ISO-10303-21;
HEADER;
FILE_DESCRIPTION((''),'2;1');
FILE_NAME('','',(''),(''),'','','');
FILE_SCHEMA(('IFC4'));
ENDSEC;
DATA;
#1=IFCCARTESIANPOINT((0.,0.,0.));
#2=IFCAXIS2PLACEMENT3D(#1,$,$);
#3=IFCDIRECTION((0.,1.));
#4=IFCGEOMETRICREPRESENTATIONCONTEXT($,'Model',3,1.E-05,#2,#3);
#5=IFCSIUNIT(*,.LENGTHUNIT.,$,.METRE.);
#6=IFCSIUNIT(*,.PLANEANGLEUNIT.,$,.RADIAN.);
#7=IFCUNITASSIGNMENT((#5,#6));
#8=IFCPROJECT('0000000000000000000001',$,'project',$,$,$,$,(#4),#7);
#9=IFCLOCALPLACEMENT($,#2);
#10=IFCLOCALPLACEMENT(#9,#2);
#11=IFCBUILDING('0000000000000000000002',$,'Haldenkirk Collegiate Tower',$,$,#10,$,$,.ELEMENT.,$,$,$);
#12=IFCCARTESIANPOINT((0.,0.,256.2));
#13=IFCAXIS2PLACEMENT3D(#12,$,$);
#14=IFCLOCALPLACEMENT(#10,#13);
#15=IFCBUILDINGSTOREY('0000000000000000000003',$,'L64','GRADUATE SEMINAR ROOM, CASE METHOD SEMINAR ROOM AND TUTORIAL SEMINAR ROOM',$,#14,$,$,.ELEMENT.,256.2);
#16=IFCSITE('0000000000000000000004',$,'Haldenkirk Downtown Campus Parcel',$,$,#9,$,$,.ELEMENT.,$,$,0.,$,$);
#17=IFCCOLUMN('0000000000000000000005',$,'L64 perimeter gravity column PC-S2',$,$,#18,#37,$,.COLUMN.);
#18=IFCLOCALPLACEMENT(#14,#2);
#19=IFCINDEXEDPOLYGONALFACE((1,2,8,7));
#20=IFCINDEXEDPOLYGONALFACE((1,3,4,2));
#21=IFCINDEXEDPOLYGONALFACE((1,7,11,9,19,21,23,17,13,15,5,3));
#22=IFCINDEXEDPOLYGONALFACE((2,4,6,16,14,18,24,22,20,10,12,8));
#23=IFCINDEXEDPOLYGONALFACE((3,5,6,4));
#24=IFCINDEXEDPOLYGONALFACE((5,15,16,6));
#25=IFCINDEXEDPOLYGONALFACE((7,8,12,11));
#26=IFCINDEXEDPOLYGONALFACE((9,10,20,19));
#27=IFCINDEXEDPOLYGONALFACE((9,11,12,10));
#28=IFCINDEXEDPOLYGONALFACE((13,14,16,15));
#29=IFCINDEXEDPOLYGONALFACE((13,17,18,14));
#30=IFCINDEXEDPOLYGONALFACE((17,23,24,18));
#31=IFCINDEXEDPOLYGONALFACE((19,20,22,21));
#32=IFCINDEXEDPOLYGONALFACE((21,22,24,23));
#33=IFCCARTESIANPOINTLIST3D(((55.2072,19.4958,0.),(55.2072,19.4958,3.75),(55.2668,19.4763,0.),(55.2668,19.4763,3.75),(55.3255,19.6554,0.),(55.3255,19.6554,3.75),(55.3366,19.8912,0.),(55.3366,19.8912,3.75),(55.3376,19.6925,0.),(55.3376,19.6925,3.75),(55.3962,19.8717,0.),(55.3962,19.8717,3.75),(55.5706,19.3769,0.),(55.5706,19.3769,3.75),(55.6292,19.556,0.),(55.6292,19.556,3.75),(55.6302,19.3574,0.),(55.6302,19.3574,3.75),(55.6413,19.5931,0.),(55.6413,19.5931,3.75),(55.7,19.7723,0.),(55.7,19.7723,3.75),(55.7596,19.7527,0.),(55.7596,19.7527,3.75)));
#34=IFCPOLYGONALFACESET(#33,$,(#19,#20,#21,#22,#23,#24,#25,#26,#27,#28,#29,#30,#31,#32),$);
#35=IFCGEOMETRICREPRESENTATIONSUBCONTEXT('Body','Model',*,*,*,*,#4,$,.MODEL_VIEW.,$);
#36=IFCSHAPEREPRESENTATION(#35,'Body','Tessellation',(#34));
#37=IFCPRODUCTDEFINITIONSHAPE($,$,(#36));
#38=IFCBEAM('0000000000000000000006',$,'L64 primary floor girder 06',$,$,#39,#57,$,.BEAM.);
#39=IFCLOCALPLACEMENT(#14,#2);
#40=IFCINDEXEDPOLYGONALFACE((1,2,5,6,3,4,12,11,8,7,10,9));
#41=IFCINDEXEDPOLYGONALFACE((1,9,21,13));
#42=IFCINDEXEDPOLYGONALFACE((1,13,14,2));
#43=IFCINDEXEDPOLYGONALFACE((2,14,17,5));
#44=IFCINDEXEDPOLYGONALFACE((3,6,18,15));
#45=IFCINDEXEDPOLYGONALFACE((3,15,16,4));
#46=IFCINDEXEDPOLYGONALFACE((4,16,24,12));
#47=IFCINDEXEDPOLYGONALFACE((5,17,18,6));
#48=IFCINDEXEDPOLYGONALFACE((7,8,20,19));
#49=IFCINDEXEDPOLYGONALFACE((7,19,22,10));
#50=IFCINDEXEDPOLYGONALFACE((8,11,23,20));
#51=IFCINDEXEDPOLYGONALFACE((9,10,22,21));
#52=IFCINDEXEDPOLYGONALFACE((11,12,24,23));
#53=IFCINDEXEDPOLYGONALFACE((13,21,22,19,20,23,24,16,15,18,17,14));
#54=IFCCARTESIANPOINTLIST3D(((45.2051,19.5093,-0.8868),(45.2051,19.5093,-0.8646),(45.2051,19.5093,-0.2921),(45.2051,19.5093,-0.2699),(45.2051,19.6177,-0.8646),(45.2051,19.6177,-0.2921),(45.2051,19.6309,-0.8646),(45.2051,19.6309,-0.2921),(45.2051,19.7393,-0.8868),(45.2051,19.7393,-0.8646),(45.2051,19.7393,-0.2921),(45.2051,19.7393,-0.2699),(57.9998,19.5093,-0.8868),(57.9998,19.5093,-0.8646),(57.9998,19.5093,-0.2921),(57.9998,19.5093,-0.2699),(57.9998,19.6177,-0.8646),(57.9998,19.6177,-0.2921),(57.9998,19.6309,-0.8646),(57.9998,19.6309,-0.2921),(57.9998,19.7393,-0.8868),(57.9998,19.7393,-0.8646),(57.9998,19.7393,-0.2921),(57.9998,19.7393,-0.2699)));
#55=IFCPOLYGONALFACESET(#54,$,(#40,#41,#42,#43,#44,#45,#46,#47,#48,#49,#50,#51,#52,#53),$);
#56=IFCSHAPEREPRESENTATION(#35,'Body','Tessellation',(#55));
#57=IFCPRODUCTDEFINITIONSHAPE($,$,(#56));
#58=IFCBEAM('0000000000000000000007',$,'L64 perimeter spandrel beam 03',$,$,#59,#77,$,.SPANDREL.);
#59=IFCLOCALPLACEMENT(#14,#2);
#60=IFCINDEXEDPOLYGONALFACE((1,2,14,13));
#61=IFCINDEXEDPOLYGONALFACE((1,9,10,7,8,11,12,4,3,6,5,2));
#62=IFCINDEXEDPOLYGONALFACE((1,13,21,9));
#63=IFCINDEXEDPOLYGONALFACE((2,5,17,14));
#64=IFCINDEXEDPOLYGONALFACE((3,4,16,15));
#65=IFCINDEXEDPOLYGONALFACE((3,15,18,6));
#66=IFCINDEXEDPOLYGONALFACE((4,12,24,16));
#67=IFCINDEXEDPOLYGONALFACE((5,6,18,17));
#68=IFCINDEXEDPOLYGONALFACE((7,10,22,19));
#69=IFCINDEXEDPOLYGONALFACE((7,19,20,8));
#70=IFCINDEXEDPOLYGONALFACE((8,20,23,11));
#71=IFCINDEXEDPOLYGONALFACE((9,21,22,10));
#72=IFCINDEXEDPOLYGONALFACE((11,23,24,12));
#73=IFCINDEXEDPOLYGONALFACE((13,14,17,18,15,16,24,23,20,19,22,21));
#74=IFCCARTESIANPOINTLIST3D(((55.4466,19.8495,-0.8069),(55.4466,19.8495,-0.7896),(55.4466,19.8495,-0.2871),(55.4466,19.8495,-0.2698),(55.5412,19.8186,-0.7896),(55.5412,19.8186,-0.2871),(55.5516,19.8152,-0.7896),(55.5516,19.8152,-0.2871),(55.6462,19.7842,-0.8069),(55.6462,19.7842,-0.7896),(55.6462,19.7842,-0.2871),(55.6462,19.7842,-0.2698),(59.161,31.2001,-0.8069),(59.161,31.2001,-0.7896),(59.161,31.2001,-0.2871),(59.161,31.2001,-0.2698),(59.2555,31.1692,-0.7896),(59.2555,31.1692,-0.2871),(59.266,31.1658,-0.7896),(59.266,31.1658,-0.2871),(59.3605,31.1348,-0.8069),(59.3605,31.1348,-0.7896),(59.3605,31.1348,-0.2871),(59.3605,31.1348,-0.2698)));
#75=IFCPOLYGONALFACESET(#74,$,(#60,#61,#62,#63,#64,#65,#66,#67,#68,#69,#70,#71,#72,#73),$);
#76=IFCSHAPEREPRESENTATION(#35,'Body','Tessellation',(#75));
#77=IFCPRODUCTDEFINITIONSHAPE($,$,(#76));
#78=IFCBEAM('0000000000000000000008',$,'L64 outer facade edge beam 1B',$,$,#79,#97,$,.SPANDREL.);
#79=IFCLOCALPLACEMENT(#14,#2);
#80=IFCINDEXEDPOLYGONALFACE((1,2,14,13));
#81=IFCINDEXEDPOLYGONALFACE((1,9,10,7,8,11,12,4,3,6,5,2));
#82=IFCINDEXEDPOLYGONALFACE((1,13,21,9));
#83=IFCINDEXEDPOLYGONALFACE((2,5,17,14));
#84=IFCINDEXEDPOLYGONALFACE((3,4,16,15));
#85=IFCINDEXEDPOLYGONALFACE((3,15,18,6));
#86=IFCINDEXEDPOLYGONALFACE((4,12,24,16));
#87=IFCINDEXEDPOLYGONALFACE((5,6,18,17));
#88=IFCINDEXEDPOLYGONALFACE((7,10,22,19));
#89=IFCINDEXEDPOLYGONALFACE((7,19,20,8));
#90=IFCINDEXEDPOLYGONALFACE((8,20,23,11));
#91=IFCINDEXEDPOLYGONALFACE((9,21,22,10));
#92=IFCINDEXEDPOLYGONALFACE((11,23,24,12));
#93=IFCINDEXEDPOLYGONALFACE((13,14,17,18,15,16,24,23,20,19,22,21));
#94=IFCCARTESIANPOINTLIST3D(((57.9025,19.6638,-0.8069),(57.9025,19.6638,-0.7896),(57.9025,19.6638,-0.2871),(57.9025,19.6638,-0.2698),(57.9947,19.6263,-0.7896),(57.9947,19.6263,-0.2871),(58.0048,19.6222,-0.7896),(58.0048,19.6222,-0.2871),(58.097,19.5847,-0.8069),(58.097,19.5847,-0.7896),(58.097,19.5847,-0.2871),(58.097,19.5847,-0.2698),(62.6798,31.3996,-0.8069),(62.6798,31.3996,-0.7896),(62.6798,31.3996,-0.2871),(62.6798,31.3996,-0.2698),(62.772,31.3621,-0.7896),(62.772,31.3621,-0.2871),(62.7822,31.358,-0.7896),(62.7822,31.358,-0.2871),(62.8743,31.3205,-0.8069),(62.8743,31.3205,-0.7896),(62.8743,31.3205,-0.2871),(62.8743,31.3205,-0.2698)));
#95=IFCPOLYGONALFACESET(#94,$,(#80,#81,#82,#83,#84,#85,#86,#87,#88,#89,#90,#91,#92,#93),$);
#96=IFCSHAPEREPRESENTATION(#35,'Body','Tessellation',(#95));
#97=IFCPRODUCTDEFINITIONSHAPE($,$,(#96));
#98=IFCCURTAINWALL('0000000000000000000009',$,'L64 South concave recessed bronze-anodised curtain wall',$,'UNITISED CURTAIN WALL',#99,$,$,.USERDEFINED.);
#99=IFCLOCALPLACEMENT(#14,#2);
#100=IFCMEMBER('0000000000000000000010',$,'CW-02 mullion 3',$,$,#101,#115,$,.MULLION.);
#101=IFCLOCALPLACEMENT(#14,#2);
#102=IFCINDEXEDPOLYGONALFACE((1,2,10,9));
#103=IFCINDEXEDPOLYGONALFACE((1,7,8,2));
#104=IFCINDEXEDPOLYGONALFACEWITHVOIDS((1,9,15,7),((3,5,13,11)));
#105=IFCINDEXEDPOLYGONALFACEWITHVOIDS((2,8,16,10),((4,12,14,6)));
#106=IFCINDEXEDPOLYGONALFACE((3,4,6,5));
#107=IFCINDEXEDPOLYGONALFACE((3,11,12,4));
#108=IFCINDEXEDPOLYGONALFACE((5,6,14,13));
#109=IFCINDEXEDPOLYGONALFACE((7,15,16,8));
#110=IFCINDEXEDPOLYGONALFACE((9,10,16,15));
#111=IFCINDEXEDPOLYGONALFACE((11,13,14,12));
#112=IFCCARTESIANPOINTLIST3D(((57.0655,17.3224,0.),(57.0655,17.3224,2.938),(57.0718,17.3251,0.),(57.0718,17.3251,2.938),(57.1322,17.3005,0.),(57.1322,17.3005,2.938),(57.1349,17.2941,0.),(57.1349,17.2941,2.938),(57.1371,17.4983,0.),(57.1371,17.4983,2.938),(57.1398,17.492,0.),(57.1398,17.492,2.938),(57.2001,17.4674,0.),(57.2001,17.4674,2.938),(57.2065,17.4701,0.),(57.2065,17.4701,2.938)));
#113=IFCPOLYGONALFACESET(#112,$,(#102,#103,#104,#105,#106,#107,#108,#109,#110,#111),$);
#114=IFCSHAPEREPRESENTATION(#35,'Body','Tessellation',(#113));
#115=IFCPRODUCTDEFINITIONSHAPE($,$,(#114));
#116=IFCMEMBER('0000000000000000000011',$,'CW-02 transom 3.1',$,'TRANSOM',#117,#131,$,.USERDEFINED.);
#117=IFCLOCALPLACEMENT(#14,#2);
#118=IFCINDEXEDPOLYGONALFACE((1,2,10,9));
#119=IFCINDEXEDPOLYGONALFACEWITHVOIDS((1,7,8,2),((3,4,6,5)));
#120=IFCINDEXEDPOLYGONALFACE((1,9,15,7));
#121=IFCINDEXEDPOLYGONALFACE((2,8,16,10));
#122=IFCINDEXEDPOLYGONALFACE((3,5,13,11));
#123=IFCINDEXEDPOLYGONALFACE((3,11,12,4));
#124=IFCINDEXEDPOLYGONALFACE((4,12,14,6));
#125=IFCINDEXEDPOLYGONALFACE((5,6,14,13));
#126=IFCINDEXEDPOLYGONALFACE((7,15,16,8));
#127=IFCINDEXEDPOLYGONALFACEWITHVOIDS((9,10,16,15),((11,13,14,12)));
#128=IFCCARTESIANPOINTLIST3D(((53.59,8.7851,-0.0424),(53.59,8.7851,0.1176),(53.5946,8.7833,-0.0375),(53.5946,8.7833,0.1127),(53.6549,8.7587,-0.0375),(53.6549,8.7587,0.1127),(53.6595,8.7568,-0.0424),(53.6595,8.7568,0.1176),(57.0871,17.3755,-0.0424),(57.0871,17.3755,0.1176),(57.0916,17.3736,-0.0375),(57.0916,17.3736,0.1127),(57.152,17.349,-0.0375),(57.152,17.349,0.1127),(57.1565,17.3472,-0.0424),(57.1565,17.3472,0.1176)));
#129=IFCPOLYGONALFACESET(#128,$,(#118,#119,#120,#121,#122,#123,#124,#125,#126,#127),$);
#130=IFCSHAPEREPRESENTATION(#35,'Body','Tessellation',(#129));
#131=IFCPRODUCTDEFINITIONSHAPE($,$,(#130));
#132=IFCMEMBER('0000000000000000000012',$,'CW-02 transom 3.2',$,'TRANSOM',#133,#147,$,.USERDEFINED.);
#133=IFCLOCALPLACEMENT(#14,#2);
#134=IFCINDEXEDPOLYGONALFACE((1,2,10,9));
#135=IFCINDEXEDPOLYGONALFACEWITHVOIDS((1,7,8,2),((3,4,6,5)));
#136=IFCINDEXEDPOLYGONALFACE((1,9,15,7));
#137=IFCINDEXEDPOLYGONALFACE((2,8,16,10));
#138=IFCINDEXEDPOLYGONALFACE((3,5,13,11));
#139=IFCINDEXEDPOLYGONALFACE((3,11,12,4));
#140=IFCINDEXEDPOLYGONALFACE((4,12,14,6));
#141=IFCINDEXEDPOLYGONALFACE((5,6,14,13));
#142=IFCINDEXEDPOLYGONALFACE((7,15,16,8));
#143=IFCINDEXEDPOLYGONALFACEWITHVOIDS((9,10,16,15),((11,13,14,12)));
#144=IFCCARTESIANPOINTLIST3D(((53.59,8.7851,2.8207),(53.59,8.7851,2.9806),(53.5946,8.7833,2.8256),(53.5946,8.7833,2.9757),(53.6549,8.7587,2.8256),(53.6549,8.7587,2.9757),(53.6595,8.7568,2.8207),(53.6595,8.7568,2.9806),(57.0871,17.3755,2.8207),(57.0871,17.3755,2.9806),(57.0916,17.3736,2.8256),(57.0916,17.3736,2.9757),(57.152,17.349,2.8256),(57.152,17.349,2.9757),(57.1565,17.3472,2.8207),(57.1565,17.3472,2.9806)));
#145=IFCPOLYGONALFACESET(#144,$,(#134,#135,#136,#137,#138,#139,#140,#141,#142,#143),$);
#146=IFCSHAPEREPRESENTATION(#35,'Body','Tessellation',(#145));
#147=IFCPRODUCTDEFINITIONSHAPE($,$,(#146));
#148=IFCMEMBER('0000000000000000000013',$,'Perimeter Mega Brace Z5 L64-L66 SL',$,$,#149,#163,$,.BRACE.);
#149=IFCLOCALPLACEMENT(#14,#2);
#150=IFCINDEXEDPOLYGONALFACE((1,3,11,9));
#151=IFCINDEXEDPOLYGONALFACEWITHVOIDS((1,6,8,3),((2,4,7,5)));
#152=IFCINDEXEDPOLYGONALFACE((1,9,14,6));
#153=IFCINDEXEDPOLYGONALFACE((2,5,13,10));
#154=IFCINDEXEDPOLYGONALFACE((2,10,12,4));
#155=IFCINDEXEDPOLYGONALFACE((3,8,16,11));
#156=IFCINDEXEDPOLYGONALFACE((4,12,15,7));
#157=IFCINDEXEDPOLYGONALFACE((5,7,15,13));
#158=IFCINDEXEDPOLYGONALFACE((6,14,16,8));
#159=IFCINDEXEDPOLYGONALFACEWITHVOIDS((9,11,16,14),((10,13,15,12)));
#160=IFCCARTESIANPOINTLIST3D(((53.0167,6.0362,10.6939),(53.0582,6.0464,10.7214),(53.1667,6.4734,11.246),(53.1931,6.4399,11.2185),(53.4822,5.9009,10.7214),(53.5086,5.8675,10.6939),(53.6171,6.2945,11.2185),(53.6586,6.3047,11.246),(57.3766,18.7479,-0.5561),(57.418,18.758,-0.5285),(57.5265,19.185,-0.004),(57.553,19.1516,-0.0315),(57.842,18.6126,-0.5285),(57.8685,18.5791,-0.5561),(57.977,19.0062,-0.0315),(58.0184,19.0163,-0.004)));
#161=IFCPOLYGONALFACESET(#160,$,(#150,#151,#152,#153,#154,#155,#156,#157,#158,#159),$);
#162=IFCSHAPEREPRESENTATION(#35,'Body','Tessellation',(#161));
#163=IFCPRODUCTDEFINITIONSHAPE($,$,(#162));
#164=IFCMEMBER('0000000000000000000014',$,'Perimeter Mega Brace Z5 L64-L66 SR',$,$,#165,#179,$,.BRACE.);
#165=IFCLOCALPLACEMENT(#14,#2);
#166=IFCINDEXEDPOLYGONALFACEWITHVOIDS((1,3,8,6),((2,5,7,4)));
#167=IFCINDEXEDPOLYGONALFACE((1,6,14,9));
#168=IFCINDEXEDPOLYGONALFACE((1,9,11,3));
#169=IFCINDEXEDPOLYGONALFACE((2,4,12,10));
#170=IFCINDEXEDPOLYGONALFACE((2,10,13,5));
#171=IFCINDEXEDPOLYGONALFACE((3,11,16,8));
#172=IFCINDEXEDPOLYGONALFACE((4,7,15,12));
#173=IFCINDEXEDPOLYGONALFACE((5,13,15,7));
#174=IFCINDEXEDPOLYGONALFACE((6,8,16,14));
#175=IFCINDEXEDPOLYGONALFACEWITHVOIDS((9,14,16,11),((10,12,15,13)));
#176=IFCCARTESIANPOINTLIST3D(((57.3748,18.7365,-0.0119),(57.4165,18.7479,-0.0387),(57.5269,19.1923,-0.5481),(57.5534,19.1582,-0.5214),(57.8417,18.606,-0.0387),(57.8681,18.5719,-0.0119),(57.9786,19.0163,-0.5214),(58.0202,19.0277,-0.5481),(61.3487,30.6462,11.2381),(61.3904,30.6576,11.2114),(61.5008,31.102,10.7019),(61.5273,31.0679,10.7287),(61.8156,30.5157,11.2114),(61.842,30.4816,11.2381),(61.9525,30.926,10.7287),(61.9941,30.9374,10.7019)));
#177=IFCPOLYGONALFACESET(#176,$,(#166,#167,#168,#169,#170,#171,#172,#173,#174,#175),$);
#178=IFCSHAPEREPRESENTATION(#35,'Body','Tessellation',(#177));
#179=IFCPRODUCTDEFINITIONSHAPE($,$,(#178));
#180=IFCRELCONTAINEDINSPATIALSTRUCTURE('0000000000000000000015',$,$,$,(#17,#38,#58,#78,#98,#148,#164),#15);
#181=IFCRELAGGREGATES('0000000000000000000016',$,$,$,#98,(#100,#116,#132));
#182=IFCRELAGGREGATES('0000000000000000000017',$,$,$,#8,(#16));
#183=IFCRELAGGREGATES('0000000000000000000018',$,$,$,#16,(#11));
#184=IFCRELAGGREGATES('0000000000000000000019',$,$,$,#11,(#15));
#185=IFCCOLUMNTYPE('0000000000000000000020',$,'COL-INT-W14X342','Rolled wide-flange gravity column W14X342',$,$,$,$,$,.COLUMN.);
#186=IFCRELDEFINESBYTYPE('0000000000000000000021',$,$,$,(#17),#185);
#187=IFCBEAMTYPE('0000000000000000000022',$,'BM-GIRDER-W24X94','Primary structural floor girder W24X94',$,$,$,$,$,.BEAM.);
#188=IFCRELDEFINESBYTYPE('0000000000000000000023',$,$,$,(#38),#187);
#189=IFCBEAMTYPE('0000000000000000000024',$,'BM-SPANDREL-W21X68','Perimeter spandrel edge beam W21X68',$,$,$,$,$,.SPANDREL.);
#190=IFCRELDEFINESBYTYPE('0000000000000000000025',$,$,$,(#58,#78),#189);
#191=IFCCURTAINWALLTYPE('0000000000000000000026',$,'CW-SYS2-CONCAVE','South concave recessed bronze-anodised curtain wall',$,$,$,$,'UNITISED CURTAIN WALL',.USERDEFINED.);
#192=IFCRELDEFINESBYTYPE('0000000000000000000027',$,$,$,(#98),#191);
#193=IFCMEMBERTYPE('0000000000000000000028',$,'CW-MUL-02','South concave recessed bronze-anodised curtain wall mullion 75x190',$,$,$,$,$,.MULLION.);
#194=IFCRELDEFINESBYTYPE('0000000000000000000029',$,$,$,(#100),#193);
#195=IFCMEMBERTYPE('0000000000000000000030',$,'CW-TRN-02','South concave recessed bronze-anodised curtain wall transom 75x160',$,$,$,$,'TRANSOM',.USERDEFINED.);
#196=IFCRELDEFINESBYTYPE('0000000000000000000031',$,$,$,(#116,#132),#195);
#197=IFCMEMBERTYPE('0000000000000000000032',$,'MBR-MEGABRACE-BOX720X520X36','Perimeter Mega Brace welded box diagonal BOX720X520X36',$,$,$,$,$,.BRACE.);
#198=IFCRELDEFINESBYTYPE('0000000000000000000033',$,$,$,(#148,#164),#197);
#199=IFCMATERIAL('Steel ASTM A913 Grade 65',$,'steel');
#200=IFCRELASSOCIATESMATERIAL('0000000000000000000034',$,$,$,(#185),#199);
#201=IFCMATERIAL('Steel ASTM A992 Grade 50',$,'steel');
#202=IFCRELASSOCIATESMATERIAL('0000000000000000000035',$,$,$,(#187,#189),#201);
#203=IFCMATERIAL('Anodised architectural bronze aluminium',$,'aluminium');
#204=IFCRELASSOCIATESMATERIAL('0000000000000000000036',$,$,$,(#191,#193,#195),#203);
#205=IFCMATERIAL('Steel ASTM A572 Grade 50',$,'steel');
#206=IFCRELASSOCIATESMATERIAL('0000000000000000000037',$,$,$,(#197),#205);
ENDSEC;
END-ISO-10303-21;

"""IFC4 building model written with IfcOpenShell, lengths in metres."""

from ifc_helpers import new_model, si_unit, direction, frame, origin, origin_2d, place, context, subcontext, project, spatial, hollow_rectangle, i_section, extrude, material, material_profile, profile_set, type_object, element, aggregate, save


model = new_model("IFC4")

# Units and contexts
model_context = context("Model", 3, precision=1e-05, world=origin(), true_north=direction((0.0, 1.0)))
body_context = subcontext(model_context, "Body", "Model", "MODEL_VIEW")
ifc_project = project(units=[si_unit("LENGTHUNIT", "METRE"), si_unit("PLANEANGLEUNIT", "RADIAN")], contexts=[model_context])

# Site, building, storey
site_placement = place(None, origin())
site = spatial("IfcSite", under=ifc_project, at=site_placement, Name="Haldenkirk Downtown Campus Parcel", CompositionType="ELEMENT", RefElevation=0.0)
building_placement = place(site_placement, origin())
building = spatial("IfcBuilding", under=site, at=building_placement, Name="Haldenkirk Collegiate Tower", CompositionType="ELEMENT")
storey_placement = place(building_placement, frame((0.0, 0.0, 256.2)))
storey = spatial("IfcBuildingStorey", under=building, at=storey_placement, Name="L64", Description="GRADUATE SEMINAR ROOM, CASE METHOD SEMINAR ROOM AND TUTORIAL SEMINAR ROOM", CompositionType="ELEMENT", Elevation=256.2)

# Column
ifc_material_1 = material(Name="Steel ASTM A913 Grade 65", Category="steel")
ifc_material_profile_1 = material_profile(ifc_material_1, i_section(OverallWidth=0.416, OverallDepth=0.4451, WebThickness=0.0391, FlangeThickness=0.0627, at=origin_2d()), Name="W14X342")
ifc_profile_set_1 = profile_set([ifc_material_profile_1], Name="Steel ASTM A913 Grade 65")
column_type = type_object("IfcColumnType", Name="COL-INT-W14X342", Description="Rolled wide-flange gravity column W14X342", PredefinedType="COLUMN", material=ifc_profile_set_1)
column_placement = place(storey_placement, frame((55.4834, 19.6243, 0.0), z_axis=(0.0, 0.0, 1.0), x_axis=(0.311008, 0.950407, 0.0)))
element("IfcColumn", 1, at=column_placement, inside=storey, type_object=column_type, Name="L64 perimeter gravity column PC-S2", PredefinedType="COLUMN", context=body_context, shape_type="SweptSolid", body=[
    extrude(i_section(OverallWidth=0.416, OverallDepth=0.4451, WebThickness=0.0391, FlangeThickness=0.0627, at=origin_2d()), origin(), (0.0, 0.0, 1.0), 3.75),
])

# Beams
ifc_material_2 = material(Name="Steel ASTM A992 Grade 50", Category="steel")
ifc_material_profile_2 = material_profile(ifc_material_2, i_section(OverallWidth=0.23, OverallDepth=0.6169, WebThickness=0.0132, FlangeThickness=0.0222, at=origin_2d()), Name="W24X94")
ifc_profile_set_2 = profile_set([ifc_material_profile_2], Name="Steel ASTM A992 Grade 50")
beam_type_1 = type_object("IfcBeamType", Name="BM-GIRDER-W24X94", Description="Primary structural floor girder W24X94", PredefinedType="BEAM", material=ifc_profile_set_2)
beam_1_placement = place(storey_placement, frame((57.9998, 19.6243, -0.5784), z_axis=(-1.0, 0.0, 0.0), x_axis=(0.0, -1.0, 0.0)))
element("IfcBeam", 2, at=beam_1_placement, inside=storey, type_object=beam_type_1, Name="L64 primary floor girder 06", PredefinedType="BEAM", context=body_context, shape_type="SweptSolid", body=[
    extrude(i_section(OverallWidth=0.23, OverallDepth=0.6169, WebThickness=0.0132, FlangeThickness=0.0222, at=origin_2d()), origin(), (0.0, 0.0, 1.0), 12.7947),
])
ifc_material_profile_3 = material_profile(ifc_material_2, i_section(OverallWidth=0.21, OverallDepth=0.5371, WebThickness=0.011, FlangeThickness=0.0173, at=origin_2d()), Name="W21X68")
ifc_profile_set_3 = profile_set([ifc_material_profile_3], Name="Steel ASTM A992 Grade 50")
beam_type_2 = type_object("IfcBeamType", Name="BM-SPANDREL-W21X68", Description="Perimeter spandrel edge beam W21X68", PredefinedType="SPANDREL", material=ifc_profile_set_3)
beam_2_placement = place(storey_placement, frame((55.5464, 19.8169, -0.5383), z_axis=(0.31101, 0.950407, 0.0), x_axis=(-0.950407, 0.31101, 0.0)))
element("IfcBeam", 3, at=beam_2_placement, inside=storey, type_object=beam_type_2, Name="L64 perimeter spandrel beam 03", PredefinedType="SPANDREL", context=body_context, shape_type="SweptSolid", body=[
    extrude(i_section(OverallWidth=0.21, OverallDepth=0.5371, WebThickness=0.011, FlangeThickness=0.0173, at=origin_2d()), origin(), (0.0, 0.0, 1.0), 11.9429),
])
beam_3_placement = place(storey_placement, frame((57.9998, 19.6243, -0.5383), z_axis=(0.377031, 0.926201, 0.0), x_axis=(-0.926201, 0.377031, 0.0)))
element("IfcBeam", 4, at=beam_3_placement, inside=storey, type_object=beam_type_2, Name="L64 outer facade edge beam 1B", PredefinedType="SPANDREL", context=body_context, shape_type="SweptSolid", body=[
    extrude(i_section(OverallWidth=0.21, OverallDepth=0.5371, WebThickness=0.011, FlangeThickness=0.0173, at=origin_2d()), origin(), (0.0, 0.0, 1.0), 12.6709),
])

# Curtain wall, members
ifc_material_3 = material(Name="Anodised architectural bronze aluminium", Category="aluminium")
curtain_wall_type = type_object("IfcCurtainWallType", Name="CW-SYS2-CONCAVE", Description="South concave recessed bronze-anodised curtain wall", ElementType="UNITISED CURTAIN WALL", PredefinedType="USERDEFINED", material=ifc_material_3)
curtain_wall_placement = place(storey_placement, origin())
curtain_wall = element("IfcCurtainWall", 5, at=curtain_wall_placement, inside=storey, type_object=curtain_wall_type, Name="L64 South concave recessed bronze-anodised curtain wall", ObjectType="UNITISED CURTAIN WALL", PredefinedType="USERDEFINED")
ifc_material_profile_4 = material_profile(ifc_material_3, hollow_rectangle(XDim=0.075, YDim=0.1899, WallThickness=0.0049, at=origin_2d()), Name="CW-MUL-02")
ifc_profile_set_4 = profile_set([ifc_material_profile_4], Name="Anodised architectural bronze aluminium")
member_type_1 = type_object("IfcMemberType", Name="CW-MUL-02", Description="South concave recessed bronze-anodised curtain wall mullion 75x190", PredefinedType="MULLION", material=ifc_profile_set_4)
member_1_placement = place(storey_placement, frame((57.136, 17.3962, 0.0), z_axis=(0.0, 0.0, 1.0), x_axis=(0.9262, -0.377032, 0.0)))
member_1 = element("IfcMember", 6, at=member_1_placement, type_object=member_type_1, Name="CW-02 mullion 3", PredefinedType="MULLION", context=body_context, shape_type="SweptSolid", body=[
    extrude(hollow_rectangle(XDim=0.075, YDim=0.1899, WallThickness=0.0049, at=origin_2d()), origin(), (0.0, 0.0, 1.0), 2.938),
])
ifc_material_profile_5 = material_profile(ifc_material_3, hollow_rectangle(XDim=0.075, YDim=0.1599, WallThickness=0.0049, at=origin_2d()), Name="CW-TRN-02")
ifc_profile_set_5 = profile_set([ifc_material_profile_5], Name="Anodised architectural bronze aluminium")
member_type_2 = type_object("IfcMemberType", Name="CW-TRN-02", Description="South concave recessed bronze-anodised curtain wall transom 75x160", ElementType="TRANSOM", PredefinedType="USERDEFINED", material=ifc_profile_set_5)
member_2_placement = place(storey_placement, frame((57.1218, 17.3613, 0.0376), z_axis=(-0.377048, -0.926194, 0.0), x_axis=(0.926194, -0.377048, 0.0)))
member_2 = element("IfcMember", 7, at=member_2_placement, type_object=member_type_2, Name="CW-02 transom 3.1", ObjectType="TRANSOM", PredefinedType="USERDEFINED", context=body_context, shape_type="SweptSolid", body=[
    extrude(hollow_rectangle(XDim=0.075, YDim=0.1599, WallThickness=0.0049, at=origin_2d()), origin(), (0.0, 0.0, 1.0), 9.2749),
])
member_3_placement = place(storey_placement, frame((57.1218, 17.3613, 2.9006), z_axis=(-0.377048, -0.926194, 0.0), x_axis=(0.926194, -0.377048, 0.0)))
member_3 = element("IfcMember", 8, at=member_3_placement, type_object=member_type_2, Name="CW-02 transom 3.2", ObjectType="TRANSOM", PredefinedType="USERDEFINED", context=body_context, shape_type="SweptSolid", body=[
    extrude(hollow_rectangle(XDim=0.075, YDim=0.1599, WallThickness=0.0049, at=origin_2d()), origin(), (0.0, 0.0, 1.0), 9.2749),
])

# Members
ifc_material_4 = material(Name="Steel ASTM A572 Grade 50", Category="steel")
ifc_material_profile_6 = material_profile(ifc_material_4, hollow_rectangle(XDim=0.52, YDim=0.72, WallThickness=0.0359, at=origin_2d()), Name="BOX720X520X36")
ifc_profile_set_6 = profile_set([ifc_material_profile_6], Name="Steel ASTM A572 Grade 50")
member_type_3 = type_object("IfcMemberType", Name="MBR-MEGABRACE-BOX720X520X36", Description="Perimeter Mega Brace welded box diagonal BOX720X520X36", PredefinedType="BRACE", material=ifc_profile_set_6)
member_4_placement = place(storey_placement, frame((57.6975, 18.8821, -0.28), z_axis=(-0.248767, -0.725307, 0.641907), x_axis=(0.94591, -0.324429, 0.0)))
element("IfcMember", 9, at=member_4_placement, inside=storey, type_object=member_type_3, Name="Perimeter Mega Brace Z5 L64-L66 SL", PredefinedType="BRACE", context=body_context, shape_type="SweptSolid", body=[
    extrude(hollow_rectangle(XDim=0.52, YDim=0.72, WallThickness=0.0359, at=origin_2d()), origin(), (0.0, 0.0, 1.0), 17.5259),
])
member_5_placement = place(storey_placement, frame((57.6975, 18.8821, -0.28), z_axis=(0.235726, 0.706467, 0.667336), x_axis=(-0.948588, 0.316514, 0.0)))
element("IfcMember", 10, at=member_5_placement, inside=storey, type_object=member_type_3, Name="Perimeter Mega Brace Z5 L64-L66 SR", PredefinedType="BRACE", context=body_context, shape_type="SweptSolid", body=[
    extrude(hollow_rectangle(XDim=0.52, YDim=0.72, WallThickness=0.0359, at=origin_2d()), origin(), (0.0, 0.0, 1.0), 16.8582),
])

aggregate(curtain_wall, [member_1, member_2, member_3])

save(model, "model.ifc")
